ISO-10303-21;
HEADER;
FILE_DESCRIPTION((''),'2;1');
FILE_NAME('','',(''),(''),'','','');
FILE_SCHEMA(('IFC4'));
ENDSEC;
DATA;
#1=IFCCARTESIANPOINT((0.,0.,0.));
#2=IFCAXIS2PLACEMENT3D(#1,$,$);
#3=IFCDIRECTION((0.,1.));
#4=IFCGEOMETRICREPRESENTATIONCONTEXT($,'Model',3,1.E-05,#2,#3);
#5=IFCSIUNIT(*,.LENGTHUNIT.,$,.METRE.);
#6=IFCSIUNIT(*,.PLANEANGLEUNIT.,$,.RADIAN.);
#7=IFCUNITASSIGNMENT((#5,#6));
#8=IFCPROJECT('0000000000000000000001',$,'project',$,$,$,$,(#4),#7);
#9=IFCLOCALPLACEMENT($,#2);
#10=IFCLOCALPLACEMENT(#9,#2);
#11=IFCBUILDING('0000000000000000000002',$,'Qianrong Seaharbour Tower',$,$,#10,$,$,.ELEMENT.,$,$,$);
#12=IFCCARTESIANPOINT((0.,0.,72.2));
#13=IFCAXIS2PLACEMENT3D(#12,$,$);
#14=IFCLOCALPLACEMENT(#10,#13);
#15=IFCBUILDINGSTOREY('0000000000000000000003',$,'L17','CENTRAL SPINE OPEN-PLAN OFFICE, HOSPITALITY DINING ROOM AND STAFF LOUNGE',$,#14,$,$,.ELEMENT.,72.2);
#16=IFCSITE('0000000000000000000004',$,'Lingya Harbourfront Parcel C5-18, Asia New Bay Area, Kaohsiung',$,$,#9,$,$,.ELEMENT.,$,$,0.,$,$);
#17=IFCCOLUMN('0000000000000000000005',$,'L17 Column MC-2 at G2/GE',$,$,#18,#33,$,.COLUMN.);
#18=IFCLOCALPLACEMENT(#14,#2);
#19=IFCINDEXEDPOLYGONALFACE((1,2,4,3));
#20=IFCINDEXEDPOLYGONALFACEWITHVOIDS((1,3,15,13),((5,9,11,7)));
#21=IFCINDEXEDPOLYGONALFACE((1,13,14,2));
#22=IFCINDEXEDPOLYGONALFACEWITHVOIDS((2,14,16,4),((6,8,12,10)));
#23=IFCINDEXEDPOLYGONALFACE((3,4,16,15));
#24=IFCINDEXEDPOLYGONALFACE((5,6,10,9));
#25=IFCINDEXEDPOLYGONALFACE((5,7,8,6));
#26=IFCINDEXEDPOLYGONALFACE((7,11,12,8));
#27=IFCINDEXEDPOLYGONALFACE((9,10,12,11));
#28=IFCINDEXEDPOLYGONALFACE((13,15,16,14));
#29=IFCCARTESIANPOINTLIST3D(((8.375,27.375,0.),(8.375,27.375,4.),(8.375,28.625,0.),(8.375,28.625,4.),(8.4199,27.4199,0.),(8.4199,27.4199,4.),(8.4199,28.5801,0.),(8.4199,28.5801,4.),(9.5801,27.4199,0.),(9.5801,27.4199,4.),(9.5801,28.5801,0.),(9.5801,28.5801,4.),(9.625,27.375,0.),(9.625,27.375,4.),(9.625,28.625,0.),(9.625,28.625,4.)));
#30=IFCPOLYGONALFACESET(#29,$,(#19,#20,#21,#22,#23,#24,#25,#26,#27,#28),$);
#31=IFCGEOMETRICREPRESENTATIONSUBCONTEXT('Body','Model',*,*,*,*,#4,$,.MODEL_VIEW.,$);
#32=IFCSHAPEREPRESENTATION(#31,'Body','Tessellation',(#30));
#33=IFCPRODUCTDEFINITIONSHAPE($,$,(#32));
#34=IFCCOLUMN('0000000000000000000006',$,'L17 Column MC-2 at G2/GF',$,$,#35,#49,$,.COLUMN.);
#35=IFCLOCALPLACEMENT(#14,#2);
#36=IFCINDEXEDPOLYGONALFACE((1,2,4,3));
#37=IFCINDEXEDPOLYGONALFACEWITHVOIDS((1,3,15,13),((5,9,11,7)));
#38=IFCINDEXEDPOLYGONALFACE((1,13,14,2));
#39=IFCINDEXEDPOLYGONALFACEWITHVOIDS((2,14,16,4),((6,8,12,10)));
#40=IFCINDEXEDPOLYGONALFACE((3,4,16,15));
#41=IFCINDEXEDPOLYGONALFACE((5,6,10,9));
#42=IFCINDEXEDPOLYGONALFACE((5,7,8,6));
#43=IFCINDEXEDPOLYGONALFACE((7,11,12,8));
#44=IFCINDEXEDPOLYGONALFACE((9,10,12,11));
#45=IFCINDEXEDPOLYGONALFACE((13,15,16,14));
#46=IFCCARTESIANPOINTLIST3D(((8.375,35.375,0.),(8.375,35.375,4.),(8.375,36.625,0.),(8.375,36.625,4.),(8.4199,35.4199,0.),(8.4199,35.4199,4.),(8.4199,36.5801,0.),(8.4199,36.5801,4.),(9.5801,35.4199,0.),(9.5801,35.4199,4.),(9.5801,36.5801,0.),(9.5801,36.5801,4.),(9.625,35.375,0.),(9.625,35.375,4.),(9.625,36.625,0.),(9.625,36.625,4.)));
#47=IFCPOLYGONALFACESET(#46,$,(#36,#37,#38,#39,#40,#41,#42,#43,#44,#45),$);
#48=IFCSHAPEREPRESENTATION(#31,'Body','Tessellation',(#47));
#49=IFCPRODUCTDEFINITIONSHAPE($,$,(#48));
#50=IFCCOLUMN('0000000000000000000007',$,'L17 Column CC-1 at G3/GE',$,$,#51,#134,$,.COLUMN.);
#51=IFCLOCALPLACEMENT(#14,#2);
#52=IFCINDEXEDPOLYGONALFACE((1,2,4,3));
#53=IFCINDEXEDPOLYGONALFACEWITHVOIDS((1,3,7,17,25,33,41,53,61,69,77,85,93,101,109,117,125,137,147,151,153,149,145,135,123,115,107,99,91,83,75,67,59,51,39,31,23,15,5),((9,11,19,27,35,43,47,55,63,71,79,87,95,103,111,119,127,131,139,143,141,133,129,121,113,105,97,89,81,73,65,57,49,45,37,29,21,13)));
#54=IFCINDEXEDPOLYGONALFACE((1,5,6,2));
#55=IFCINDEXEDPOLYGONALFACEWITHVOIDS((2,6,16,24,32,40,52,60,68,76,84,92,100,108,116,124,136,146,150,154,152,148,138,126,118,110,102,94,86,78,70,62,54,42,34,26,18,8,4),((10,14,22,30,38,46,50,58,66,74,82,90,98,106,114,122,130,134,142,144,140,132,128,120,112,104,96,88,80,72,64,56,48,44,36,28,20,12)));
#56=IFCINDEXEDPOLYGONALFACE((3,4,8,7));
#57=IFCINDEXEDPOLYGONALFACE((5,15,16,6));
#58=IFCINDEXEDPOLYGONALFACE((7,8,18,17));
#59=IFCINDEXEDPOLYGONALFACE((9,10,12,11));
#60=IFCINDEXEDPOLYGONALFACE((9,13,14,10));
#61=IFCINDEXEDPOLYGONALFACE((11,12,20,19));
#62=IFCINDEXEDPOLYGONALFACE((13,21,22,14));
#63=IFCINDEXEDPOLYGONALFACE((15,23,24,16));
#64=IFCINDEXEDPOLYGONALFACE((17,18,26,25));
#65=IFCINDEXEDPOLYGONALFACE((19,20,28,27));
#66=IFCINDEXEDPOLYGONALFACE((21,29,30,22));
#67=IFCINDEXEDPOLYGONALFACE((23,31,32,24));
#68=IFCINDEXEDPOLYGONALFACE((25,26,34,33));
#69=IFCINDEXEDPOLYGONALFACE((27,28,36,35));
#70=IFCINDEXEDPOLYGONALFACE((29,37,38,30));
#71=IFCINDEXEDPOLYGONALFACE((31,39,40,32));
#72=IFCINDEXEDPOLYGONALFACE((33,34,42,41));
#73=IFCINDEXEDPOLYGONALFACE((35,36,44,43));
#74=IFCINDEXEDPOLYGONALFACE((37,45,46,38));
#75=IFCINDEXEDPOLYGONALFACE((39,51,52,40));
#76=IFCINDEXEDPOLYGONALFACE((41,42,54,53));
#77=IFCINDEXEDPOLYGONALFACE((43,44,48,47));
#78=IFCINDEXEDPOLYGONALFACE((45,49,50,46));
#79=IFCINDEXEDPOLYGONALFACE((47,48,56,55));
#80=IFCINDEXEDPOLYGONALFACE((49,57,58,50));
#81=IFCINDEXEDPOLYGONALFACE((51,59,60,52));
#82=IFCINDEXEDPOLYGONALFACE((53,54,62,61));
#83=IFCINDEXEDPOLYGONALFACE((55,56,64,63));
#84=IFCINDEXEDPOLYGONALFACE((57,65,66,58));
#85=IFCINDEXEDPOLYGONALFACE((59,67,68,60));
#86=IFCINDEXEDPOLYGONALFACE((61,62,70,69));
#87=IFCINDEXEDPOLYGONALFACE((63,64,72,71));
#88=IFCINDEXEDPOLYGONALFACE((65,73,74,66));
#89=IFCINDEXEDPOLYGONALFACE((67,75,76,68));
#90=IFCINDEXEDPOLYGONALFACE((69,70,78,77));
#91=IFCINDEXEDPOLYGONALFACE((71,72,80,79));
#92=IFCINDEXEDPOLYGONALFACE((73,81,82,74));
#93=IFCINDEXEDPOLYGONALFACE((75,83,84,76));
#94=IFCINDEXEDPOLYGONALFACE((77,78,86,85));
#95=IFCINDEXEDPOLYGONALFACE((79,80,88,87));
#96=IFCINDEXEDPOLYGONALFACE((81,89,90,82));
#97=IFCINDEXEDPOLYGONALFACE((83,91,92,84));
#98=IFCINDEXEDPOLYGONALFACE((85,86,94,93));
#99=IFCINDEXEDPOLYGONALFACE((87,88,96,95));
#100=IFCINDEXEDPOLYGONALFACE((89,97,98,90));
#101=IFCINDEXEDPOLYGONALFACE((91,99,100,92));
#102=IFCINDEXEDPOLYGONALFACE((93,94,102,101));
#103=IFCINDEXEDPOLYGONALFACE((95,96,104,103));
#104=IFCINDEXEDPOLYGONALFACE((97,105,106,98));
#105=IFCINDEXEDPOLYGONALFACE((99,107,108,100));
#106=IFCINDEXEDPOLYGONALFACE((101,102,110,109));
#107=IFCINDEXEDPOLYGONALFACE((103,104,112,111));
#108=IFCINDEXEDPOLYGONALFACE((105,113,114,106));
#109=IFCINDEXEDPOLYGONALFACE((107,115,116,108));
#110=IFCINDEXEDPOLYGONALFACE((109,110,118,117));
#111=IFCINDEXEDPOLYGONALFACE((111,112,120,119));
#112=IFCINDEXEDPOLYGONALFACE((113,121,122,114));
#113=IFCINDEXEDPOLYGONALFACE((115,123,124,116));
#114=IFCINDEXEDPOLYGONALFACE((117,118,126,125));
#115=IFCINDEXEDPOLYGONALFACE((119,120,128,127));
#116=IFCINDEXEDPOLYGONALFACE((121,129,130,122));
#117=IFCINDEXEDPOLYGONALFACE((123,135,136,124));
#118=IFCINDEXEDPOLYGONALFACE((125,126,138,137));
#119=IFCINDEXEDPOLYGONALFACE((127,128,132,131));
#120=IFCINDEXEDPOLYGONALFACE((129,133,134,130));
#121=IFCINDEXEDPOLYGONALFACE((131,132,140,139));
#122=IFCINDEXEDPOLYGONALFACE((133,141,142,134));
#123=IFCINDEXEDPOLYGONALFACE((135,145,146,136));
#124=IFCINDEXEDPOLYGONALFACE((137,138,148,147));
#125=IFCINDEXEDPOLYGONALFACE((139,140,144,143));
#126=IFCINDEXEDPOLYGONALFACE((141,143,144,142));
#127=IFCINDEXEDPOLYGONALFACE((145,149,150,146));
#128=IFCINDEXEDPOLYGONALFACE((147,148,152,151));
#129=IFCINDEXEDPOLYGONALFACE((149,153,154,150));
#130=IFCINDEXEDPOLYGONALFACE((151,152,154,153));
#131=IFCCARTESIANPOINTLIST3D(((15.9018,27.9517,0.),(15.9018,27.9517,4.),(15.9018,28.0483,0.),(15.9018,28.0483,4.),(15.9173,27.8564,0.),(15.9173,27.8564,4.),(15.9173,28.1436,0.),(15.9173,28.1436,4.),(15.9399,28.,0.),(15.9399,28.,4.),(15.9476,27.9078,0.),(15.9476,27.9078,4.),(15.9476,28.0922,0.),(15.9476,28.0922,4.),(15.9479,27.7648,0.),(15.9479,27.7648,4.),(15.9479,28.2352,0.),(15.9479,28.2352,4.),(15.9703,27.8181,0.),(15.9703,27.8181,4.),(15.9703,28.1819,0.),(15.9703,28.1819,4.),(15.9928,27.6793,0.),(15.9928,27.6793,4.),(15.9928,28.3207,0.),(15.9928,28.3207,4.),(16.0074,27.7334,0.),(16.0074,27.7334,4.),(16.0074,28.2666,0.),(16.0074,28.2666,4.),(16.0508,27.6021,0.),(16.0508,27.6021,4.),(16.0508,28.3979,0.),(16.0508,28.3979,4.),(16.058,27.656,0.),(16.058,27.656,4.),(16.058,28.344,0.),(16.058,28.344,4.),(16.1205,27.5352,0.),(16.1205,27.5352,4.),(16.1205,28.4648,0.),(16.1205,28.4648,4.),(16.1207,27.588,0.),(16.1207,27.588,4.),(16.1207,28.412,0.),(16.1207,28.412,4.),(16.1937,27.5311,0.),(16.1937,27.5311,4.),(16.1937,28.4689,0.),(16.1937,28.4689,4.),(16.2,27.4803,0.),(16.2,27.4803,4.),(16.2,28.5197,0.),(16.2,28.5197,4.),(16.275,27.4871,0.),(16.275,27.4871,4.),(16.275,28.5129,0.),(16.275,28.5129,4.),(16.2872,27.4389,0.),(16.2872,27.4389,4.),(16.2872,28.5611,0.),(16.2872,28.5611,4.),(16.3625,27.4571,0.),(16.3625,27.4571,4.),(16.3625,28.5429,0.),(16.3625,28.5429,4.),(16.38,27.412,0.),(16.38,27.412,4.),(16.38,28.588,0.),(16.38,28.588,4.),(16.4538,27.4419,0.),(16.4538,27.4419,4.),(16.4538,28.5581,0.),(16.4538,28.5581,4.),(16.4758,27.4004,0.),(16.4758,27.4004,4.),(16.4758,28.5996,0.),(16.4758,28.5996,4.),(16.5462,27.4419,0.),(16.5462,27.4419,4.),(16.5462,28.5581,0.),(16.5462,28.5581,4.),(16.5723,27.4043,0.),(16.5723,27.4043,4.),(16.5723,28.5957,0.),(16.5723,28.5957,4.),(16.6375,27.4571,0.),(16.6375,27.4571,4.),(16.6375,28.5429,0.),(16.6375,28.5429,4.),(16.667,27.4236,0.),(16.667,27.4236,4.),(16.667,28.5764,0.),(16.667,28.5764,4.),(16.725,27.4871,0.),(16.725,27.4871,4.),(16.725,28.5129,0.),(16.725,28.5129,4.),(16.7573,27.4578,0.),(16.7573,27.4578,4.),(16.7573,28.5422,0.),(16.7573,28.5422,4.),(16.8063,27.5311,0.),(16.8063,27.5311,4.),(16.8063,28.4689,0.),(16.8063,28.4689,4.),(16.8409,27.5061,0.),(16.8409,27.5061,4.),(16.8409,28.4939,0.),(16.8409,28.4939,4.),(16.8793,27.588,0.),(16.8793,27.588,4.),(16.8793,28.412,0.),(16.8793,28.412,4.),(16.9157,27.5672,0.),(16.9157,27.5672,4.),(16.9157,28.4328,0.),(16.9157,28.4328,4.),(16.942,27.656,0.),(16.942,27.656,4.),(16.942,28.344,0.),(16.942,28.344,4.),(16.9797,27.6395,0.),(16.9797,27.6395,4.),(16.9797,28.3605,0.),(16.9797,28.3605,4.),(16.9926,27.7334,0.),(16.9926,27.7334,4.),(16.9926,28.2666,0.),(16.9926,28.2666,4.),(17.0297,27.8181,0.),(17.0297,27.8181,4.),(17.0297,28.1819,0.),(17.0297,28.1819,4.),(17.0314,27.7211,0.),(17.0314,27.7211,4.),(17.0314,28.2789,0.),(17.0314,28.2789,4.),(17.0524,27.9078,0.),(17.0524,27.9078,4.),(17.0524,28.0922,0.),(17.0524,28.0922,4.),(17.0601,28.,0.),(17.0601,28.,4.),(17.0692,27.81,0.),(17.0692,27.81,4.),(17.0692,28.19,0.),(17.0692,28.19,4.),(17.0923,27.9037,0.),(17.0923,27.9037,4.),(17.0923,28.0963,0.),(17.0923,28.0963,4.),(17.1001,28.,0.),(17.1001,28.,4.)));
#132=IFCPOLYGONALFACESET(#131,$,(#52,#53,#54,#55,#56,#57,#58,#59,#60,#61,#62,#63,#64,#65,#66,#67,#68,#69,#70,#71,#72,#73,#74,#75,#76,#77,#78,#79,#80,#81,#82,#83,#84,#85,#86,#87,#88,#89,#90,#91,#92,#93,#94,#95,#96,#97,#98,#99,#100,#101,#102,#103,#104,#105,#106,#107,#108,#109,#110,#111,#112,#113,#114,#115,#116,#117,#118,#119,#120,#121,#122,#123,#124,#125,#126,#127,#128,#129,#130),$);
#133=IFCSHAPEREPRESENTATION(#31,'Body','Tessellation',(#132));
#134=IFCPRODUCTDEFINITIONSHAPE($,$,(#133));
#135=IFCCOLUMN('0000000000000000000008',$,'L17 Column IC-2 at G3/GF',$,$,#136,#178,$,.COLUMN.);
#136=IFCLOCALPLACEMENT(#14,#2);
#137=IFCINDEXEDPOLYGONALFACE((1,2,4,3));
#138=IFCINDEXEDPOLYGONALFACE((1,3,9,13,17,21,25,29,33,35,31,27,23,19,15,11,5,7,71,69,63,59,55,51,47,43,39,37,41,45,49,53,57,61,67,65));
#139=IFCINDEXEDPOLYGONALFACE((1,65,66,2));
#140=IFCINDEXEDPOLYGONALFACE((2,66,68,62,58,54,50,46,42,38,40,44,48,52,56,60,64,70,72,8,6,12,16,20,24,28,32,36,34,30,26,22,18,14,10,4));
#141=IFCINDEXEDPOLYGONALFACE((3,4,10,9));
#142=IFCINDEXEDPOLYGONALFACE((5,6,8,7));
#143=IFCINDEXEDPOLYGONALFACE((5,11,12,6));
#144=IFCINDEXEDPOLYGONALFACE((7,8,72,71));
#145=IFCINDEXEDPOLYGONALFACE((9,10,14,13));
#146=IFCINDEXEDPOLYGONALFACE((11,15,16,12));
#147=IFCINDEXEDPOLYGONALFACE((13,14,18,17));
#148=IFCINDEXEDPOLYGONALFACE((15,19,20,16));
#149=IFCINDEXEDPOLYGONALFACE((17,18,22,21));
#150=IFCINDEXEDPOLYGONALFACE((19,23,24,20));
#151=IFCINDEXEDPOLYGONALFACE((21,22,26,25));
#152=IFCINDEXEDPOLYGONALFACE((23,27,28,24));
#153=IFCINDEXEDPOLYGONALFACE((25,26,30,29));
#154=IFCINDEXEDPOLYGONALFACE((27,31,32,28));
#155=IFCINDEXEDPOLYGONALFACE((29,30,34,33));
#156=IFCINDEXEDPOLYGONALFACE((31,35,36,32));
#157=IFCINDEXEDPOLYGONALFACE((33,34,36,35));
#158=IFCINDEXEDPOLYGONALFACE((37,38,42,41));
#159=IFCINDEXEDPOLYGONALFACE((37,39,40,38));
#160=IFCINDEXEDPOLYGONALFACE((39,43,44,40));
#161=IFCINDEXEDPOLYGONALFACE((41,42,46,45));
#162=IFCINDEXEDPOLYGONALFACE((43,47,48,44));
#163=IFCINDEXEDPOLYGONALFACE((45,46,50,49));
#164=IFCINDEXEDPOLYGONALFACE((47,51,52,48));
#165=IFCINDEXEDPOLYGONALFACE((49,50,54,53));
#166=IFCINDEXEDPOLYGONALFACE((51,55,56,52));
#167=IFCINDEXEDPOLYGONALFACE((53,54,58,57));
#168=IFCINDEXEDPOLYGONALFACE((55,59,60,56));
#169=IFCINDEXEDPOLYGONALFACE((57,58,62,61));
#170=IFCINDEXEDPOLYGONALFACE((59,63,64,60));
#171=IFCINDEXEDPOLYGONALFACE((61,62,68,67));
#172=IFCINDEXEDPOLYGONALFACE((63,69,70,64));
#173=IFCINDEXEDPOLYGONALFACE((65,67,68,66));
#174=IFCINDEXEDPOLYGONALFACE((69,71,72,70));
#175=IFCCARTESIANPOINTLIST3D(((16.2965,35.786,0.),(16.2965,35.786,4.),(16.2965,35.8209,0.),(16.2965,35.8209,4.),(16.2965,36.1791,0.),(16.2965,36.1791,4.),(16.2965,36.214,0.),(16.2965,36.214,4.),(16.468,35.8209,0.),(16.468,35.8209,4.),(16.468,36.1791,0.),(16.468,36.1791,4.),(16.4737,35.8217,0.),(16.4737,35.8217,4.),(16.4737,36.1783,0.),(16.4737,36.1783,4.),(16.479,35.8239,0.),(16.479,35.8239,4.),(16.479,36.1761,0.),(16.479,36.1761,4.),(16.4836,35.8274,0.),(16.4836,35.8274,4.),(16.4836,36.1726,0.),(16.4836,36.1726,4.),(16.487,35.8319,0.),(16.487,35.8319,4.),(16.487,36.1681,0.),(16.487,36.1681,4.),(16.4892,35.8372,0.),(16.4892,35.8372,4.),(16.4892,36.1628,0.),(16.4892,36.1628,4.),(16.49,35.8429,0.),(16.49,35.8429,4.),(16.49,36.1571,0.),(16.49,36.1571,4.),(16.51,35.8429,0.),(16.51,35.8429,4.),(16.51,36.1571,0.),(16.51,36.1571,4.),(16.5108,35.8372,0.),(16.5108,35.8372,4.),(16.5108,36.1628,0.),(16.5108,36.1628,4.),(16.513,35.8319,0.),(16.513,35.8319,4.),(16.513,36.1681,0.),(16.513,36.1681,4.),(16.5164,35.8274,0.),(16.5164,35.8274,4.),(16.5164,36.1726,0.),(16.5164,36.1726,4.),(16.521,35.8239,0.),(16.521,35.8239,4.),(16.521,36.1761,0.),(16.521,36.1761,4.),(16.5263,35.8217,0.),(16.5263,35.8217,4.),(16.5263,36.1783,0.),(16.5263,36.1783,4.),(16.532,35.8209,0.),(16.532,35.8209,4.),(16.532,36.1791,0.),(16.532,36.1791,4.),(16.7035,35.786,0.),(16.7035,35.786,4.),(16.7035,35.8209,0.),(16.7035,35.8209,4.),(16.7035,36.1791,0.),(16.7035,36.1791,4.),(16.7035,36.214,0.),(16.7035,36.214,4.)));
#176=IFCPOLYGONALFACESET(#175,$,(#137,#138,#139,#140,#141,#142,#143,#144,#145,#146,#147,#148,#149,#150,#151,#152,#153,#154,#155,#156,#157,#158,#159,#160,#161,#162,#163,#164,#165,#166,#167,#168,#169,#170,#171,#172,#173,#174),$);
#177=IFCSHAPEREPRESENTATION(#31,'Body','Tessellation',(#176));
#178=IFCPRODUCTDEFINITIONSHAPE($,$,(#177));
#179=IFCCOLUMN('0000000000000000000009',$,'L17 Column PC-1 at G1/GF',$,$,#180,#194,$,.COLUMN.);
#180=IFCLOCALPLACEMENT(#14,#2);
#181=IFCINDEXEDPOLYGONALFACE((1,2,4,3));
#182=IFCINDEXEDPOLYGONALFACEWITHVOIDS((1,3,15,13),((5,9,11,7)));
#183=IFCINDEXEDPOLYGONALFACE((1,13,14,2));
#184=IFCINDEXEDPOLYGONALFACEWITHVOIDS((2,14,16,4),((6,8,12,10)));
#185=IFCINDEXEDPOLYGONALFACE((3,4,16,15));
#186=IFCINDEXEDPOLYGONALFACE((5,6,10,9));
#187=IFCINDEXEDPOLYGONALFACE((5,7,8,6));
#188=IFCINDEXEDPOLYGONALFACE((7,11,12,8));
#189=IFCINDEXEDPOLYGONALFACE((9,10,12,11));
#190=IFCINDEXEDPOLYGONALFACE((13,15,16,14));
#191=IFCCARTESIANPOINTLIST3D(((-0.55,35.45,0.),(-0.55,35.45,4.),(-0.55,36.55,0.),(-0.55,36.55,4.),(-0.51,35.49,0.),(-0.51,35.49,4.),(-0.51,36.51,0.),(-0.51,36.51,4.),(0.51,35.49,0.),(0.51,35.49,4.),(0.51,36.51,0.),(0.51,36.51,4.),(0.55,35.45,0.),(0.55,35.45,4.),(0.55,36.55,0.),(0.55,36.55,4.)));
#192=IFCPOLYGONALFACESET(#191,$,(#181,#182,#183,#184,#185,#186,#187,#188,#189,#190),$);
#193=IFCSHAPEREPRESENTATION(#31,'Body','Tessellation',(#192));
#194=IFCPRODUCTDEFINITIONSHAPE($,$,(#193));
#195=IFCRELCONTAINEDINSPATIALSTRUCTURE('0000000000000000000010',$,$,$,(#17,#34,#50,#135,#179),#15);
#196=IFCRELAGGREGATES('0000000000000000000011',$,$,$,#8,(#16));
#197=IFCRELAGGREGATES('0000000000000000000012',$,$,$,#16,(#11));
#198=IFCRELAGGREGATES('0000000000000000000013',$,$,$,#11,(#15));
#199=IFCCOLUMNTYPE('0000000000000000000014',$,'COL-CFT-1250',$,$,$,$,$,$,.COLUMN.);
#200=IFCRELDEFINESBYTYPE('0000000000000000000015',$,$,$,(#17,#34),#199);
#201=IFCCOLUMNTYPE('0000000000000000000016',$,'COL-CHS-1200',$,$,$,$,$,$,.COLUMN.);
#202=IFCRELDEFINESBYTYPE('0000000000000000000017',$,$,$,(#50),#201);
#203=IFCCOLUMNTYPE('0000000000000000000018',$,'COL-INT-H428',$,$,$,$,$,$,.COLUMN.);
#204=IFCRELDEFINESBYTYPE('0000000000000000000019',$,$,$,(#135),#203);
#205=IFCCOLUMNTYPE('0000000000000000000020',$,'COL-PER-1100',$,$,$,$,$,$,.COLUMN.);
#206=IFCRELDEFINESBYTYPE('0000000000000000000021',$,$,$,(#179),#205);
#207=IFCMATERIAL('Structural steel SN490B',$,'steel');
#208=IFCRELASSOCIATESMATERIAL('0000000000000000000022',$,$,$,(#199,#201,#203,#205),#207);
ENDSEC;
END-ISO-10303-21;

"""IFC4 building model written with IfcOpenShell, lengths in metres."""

from ifc_helpers import new_model, si_unit, direction, frame, origin, origin_2d, place, context, subcontext, project, spatial, hollow_rectangle, hollow_circle, i_section, extrude, material, material_profile, profile_set, type_object, element, save


model = new_model("IFC4")

# Units and contexts
model_context = context("Model", 3, precision=1e-05, world=origin(), true_north=direction((0.0, 1.0)))
body_context = subcontext(model_context, "Body", "Model", "MODEL_VIEW")
ifc_project = project(units=[si_unit("LENGTHUNIT", "METRE"), si_unit("PLANEANGLEUNIT", "RADIAN")], contexts=[model_context])

# Site, building, storey
site_placement = place(None, origin())
site = spatial("IfcSite", under=ifc_project, at=site_placement, Name="Lingya Harbourfront Parcel C5-18, Asia New Bay Area, Kaohsiung", CompositionType="ELEMENT", RefElevation=0.0)
building_placement = place(site_placement, origin())
building = spatial("IfcBuilding", under=site, at=building_placement, Name="Qianrong Seaharbour Tower", CompositionType="ELEMENT")
storey_placement = place(building_placement, frame((0.0, 0.0, 72.2)))
storey = spatial("IfcBuildingStorey", under=building, at=storey_placement, Name="L17", Description="CENTRAL SPINE OPEN-PLAN OFFICE, HOSPITALITY DINING ROOM AND STAFF LOUNGE", CompositionType="ELEMENT", Elevation=72.2)

# Columns
ifc_material_1 = material(Name="Structural steel SN490B", Category="steel")
ifc_material_profile_1 = material_profile(ifc_material_1, hollow_rectangle(XDim=1.25, YDim=1.25, WallThickness=0.0449, at=origin_2d()), Name="BOX1250x1250x45")
ifc_profile_set_1 = profile_set([ifc_material_profile_1], Name="Structural steel SN490B")
column_type_1 = type_object("IfcColumnType", Name="COL-CFT-1250", PredefinedType="COLUMN", material=ifc_profile_set_1)
for number, where, z_axis, x_axis, name in (
    (1, (9.0, 28.0, 0.0), (0.0, 0.0, 1.0), (1.0, 0.0, 0.0), "L17 Column MC-2 at G2/GE"),
    (2, (9.0, 36.0, 0.0), (0.0, 0.0, 1.0), (1.0, 0.0, 0.0), "L17 Column MC-2 at G2/GF"),
):
    element("IfcColumn", number, at=place(storey_placement, frame(where, z_axis=z_axis, x_axis=x_axis)), inside=storey, type_object=column_type_1, Name=name, PredefinedType="COLUMN", context=body_context, shape_type="SweptSolid", body=[
        extrude(hollow_rectangle(XDim=1.25, YDim=1.25, WallThickness=0.0449, at=origin_2d()), origin(), (0.0, 0.0, 1.0), 4.0),
    ])
ifc_material_profile_2 = material_profile(ifc_material_1, hollow_circle(Radius=0.6001, WallThickness=0.04, at=origin_2d()), Name="CHS1200x40")
ifc_profile_set_2 = profile_set([ifc_material_profile_2], Name="Structural steel SN490B")
column_type_2 = type_object("IfcColumnType", Name="COL-CHS-1200", PredefinedType="COLUMN", material=ifc_profile_set_2)
column_1_placement = place(storey_placement, frame((16.5, 28.0, 0.0), z_axis=(0.0, 0.0, 1.0), x_axis=(1.0, 0.0, 0.0)))
element("IfcColumn", 3, at=column_1_placement, inside=storey, type_object=column_type_2, Name="L17 Column CC-1 at G3/GE", PredefinedType="COLUMN", context=body_context, shape_type="SweptSolid", body=[
    extrude(hollow_circle(Radius=0.6001, WallThickness=0.04, at=origin_2d()), origin(), (0.0, 0.0, 1.0), 4.0),
])
ifc_material_profile_3 = material_profile(ifc_material_1, i_section(OverallWidth=0.407, OverallDepth=0.428, WebThickness=0.02, FlangeThickness=0.0349, FilletRadius=0.022, at=origin_2d()), Name="H428x407x20x35")
ifc_profile_set_3 = profile_set([ifc_material_profile_3], Name="Structural steel SN490B")
column_type_3 = type_object("IfcColumnType", Name="COL-INT-H428", PredefinedType="COLUMN", material=ifc_profile_set_3)
column_2_placement = place(storey_placement, frame((16.5, 36.0, 0.0), z_axis=(0.0, 0.0, 1.0), x_axis=(1.0, 0.0, 0.0)))
element("IfcColumn", 4, at=column_2_placement, inside=storey, type_object=column_type_3, Name="L17 Column IC-2 at G3/GF", PredefinedType="COLUMN", context=body_context, shape_type="SweptSolid", body=[
    extrude(i_section(OverallWidth=0.407, OverallDepth=0.428, WebThickness=0.02, FlangeThickness=0.0349, FilletRadius=0.022, at=origin_2d()), origin(), (0.0, 0.0, 1.0), 4.0),
])
ifc_material_profile_4 = material_profile(ifc_material_1, hollow_rectangle(XDim=1.1001, YDim=1.1001, WallThickness=0.04, at=origin_2d()), Name="BOX1100x1100x40")
ifc_profile_set_4 = profile_set([ifc_material_profile_4], Name="Structural steel SN490B")
column_type_4 = type_object("IfcColumnType", Name="COL-PER-1100", PredefinedType="COLUMN", material=ifc_profile_set_4)
column_3_placement = place(storey_placement, frame((0.0, 36.0, 0.0), z_axis=(0.0, 0.0, 1.0), x_axis=(1.0, 0.0, 0.0)))
element("IfcColumn", 5, at=column_3_placement, inside=storey, type_object=column_type_4, Name="L17 Column PC-1 at G1/GF", PredefinedType="COLUMN", context=body_context, shape_type="SweptSolid", body=[
    extrude(hollow_rectangle(XDim=1.1001, YDim=1.1001, WallThickness=0.04, at=origin_2d()), origin(), (0.0, 0.0, 1.0), 4.0),
])

save(model, "model.ifc")
